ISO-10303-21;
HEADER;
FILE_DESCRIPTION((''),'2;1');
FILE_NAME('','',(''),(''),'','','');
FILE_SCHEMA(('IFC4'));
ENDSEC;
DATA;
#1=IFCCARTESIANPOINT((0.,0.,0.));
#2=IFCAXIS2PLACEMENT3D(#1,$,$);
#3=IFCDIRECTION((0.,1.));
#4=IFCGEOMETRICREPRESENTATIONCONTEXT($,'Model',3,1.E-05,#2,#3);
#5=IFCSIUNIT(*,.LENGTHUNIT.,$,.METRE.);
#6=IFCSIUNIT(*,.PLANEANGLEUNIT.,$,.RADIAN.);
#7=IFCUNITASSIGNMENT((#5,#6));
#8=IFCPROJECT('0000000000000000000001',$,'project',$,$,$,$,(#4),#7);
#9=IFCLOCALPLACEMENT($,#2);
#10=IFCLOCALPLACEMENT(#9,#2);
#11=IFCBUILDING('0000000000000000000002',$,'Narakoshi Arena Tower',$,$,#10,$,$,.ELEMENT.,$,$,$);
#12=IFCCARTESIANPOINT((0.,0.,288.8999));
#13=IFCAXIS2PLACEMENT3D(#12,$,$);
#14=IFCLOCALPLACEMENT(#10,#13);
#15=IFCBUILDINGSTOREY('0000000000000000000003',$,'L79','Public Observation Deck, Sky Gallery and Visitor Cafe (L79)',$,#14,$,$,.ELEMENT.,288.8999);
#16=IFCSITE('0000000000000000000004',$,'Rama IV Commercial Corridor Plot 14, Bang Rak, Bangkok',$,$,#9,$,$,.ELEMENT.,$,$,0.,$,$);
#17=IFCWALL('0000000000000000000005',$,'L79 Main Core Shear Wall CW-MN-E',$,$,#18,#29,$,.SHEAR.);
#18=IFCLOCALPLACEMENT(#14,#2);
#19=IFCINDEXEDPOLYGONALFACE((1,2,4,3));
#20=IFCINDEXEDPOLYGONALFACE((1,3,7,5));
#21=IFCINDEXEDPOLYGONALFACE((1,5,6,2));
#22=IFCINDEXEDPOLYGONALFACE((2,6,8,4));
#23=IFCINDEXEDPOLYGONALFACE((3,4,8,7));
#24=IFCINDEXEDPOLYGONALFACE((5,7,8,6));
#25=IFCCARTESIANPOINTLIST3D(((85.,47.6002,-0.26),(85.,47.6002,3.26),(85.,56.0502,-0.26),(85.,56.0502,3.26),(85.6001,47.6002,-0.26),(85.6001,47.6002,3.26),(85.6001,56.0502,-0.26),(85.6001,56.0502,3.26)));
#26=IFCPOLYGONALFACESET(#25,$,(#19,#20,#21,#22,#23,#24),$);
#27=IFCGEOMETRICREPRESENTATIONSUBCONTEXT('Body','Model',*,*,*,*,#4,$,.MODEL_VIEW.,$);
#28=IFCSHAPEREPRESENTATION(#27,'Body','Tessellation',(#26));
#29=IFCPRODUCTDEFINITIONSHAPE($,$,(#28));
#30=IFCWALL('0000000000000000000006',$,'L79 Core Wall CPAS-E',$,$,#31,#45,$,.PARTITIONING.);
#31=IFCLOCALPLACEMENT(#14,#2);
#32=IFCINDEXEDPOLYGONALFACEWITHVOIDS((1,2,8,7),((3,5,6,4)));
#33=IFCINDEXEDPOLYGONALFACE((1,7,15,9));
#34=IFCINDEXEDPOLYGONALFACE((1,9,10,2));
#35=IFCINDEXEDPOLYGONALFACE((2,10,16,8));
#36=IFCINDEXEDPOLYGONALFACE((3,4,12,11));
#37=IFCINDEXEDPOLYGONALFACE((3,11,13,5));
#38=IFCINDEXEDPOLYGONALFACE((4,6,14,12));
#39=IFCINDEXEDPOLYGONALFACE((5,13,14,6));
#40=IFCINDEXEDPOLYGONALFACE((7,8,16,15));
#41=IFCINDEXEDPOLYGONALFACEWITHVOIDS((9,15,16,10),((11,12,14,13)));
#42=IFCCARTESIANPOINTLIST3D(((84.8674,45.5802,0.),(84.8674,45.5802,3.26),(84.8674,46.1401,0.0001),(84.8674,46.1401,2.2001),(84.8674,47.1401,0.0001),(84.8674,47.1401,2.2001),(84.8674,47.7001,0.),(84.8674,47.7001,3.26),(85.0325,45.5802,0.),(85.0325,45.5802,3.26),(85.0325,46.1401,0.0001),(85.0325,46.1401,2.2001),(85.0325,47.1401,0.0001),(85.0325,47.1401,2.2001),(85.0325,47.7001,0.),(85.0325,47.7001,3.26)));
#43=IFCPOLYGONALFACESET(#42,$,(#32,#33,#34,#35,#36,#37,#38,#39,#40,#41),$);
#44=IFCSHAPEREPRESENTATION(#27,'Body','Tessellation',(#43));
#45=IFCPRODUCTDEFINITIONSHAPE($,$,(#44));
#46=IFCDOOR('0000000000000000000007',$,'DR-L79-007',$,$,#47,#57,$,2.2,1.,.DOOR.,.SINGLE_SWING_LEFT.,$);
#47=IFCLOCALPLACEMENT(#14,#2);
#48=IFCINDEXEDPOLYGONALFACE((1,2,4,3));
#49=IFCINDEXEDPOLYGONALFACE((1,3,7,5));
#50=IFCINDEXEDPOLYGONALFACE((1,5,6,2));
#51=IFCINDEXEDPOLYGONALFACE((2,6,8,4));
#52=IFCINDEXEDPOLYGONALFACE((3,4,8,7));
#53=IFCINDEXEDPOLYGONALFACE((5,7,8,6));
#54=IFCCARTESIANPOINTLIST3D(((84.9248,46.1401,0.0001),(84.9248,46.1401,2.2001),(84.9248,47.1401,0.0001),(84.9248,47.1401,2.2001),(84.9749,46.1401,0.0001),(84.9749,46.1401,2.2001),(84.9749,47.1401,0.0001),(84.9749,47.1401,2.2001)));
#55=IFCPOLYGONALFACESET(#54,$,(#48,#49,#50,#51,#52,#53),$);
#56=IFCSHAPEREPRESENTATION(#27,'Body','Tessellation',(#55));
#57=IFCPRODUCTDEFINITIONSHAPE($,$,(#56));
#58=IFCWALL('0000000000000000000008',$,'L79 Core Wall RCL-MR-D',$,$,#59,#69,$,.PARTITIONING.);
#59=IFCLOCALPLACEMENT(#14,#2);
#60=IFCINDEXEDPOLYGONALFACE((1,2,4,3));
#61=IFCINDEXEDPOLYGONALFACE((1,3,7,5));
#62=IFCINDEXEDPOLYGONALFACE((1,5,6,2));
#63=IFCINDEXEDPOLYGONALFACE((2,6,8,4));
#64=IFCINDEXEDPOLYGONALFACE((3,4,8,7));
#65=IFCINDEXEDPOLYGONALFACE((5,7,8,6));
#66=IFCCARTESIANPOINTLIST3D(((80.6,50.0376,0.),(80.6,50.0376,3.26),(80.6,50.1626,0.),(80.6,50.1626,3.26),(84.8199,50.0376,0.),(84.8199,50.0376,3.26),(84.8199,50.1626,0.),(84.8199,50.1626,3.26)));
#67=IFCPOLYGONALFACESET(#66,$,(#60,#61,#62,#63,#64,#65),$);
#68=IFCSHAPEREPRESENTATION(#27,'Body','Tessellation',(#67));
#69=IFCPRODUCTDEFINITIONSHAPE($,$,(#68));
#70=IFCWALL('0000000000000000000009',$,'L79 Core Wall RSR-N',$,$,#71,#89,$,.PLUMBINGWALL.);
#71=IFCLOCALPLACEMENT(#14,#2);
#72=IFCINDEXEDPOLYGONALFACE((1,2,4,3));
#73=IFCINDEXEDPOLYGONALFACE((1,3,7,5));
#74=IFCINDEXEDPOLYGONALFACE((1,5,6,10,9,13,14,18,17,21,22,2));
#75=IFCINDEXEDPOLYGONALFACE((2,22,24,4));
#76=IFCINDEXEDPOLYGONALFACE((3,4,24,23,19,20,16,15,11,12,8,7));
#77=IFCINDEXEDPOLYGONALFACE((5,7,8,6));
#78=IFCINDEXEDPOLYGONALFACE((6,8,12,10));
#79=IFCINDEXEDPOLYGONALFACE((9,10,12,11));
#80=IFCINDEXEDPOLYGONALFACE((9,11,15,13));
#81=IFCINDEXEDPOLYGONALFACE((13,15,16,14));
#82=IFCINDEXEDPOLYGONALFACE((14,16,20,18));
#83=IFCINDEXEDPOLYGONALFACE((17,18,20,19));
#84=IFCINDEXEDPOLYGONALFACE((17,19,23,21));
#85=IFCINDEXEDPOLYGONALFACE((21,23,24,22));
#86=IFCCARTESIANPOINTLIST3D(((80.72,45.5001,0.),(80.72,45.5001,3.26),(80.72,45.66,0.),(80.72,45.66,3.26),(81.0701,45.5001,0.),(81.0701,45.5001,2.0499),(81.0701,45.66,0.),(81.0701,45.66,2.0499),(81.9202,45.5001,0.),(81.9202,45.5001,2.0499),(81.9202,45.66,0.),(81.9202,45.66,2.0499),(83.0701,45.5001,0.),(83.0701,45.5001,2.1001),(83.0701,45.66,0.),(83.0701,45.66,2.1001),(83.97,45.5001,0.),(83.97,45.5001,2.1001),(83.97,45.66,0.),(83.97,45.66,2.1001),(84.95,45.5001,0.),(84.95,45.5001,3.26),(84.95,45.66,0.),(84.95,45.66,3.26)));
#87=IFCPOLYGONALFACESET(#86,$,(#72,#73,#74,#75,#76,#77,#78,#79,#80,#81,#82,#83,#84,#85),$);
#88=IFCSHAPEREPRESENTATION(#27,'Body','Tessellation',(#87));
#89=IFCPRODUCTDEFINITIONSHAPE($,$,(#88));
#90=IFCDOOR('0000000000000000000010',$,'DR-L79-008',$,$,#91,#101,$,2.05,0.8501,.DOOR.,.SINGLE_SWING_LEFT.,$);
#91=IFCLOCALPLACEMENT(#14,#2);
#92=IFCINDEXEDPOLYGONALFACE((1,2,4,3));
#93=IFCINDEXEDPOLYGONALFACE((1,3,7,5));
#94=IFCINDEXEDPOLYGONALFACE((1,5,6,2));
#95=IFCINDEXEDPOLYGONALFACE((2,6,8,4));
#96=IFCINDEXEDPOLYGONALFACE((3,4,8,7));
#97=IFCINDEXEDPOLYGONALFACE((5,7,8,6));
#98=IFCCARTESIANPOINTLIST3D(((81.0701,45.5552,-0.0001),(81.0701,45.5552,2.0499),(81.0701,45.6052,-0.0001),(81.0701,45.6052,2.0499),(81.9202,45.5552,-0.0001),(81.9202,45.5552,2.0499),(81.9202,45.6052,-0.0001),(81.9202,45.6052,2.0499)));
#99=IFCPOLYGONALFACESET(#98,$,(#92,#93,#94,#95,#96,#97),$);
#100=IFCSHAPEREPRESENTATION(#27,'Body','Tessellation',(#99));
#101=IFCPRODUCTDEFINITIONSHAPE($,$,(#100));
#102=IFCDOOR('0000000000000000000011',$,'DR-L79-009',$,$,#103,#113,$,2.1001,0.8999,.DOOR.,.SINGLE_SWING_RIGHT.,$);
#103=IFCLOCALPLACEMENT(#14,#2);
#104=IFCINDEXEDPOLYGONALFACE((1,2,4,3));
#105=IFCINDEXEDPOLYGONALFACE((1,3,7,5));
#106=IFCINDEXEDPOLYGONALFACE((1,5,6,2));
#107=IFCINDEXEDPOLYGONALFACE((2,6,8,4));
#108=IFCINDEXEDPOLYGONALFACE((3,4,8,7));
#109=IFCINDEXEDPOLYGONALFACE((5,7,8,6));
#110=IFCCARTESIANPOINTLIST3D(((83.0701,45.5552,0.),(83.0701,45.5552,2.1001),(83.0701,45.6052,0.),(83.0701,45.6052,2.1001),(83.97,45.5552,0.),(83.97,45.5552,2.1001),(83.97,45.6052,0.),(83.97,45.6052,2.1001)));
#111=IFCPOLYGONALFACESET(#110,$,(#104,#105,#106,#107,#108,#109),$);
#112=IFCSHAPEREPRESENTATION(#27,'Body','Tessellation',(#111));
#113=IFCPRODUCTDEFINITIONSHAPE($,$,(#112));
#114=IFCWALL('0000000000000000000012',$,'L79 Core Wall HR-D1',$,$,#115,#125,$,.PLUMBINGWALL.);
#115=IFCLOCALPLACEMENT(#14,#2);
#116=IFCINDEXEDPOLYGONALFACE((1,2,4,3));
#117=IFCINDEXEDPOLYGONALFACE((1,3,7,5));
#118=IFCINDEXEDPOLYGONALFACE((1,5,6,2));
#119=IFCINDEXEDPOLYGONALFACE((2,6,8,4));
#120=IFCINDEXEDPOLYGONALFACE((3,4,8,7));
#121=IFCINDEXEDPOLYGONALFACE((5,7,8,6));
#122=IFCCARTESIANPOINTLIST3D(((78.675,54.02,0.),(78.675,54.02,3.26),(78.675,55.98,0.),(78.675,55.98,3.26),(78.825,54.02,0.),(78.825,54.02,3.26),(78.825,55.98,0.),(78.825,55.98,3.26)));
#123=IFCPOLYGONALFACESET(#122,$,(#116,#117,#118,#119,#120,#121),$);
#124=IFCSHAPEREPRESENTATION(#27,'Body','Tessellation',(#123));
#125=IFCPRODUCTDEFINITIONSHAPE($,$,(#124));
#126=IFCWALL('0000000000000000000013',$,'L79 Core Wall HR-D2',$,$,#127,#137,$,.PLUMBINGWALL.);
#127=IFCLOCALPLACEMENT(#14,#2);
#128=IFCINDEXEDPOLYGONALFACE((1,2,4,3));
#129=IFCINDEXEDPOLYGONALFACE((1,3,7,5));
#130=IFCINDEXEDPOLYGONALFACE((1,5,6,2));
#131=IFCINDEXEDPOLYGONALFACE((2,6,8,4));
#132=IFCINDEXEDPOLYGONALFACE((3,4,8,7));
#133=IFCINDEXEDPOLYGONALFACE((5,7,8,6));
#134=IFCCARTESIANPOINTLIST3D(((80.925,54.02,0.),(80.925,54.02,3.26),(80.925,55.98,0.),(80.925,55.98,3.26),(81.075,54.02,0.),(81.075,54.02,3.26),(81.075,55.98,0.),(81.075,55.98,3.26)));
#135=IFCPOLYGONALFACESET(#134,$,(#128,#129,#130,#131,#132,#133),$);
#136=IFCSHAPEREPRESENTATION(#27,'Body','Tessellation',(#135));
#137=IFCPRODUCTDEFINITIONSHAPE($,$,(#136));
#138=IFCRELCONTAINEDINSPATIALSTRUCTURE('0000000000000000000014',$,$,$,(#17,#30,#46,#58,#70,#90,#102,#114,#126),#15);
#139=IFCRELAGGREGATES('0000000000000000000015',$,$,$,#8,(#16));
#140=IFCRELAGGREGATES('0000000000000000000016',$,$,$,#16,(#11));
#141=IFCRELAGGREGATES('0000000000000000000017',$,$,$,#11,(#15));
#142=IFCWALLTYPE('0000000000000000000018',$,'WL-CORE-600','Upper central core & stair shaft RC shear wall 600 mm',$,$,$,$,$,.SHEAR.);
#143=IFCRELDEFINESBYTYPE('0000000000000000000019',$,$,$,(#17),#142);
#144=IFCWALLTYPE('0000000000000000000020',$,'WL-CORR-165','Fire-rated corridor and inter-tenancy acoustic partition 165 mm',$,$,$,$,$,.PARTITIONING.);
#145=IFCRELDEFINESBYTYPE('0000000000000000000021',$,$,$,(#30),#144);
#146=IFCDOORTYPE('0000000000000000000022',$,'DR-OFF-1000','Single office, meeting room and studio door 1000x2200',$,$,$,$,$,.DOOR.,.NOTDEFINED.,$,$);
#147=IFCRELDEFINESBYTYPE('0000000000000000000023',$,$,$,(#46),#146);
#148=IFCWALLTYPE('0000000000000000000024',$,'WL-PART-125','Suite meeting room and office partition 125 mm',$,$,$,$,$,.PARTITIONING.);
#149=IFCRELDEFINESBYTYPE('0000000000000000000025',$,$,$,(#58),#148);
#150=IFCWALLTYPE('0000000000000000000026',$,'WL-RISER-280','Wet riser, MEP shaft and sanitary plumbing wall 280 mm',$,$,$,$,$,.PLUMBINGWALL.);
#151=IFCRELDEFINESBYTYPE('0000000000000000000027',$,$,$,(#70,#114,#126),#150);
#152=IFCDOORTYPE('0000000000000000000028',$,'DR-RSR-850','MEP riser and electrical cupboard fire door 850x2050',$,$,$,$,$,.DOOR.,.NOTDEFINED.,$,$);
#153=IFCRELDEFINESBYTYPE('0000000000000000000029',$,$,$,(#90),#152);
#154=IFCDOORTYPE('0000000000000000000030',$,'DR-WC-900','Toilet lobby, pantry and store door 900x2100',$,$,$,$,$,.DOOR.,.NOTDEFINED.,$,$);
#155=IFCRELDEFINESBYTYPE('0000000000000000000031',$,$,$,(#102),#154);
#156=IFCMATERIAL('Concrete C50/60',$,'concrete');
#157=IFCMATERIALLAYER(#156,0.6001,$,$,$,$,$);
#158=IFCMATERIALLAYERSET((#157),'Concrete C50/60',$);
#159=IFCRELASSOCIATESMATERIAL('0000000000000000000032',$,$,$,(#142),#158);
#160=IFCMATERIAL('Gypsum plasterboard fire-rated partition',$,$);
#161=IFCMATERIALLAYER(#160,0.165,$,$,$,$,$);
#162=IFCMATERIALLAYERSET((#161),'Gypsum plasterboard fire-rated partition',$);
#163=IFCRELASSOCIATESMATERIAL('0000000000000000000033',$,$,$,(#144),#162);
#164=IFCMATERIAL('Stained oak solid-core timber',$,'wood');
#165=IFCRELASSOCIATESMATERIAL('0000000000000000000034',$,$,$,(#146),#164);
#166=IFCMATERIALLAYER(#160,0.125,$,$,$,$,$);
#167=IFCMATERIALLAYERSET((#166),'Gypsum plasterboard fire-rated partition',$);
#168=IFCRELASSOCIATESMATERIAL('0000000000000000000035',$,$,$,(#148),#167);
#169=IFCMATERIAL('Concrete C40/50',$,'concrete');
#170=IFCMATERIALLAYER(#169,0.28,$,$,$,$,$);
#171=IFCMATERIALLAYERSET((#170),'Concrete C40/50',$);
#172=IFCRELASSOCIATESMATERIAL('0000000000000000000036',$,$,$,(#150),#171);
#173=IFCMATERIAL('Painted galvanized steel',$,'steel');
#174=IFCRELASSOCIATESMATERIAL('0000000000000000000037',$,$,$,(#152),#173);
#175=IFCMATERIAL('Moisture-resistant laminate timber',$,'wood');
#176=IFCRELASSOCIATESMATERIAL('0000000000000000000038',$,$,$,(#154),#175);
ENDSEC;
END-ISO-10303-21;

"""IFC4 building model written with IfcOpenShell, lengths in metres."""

from ifc_helpers import new_model, si_unit, direction, frame, frame_2d, origin, place, context, subcontext, project, spatial, rectangle, extrude, material, layer, layer_set, type_object, element, fill, save


model = new_model("IFC4")

# Units and contexts
model_context = context("Model", 3, precision=1e-05, world=origin(), true_north=direction((0.0, 1.0)))
body_context = subcontext(model_context, "Body", "Model", "MODEL_VIEW")
ifc_project = project(units=[si_unit("LENGTHUNIT", "METRE"), si_unit("PLANEANGLEUNIT", "RADIAN")], contexts=[model_context])

# Site, building, storey
site_placement = place(None, origin())
site = spatial("IfcSite", under=ifc_project, at=site_placement, Name="Rama IV Commercial Corridor Plot 14, Bang Rak, Bangkok", CompositionType="ELEMENT", RefElevation=0.0)
building_placement = place(site_placement, origin())
building = spatial("IfcBuilding", under=site, at=building_placement, Name="Narakoshi Arena Tower", CompositionType="ELEMENT")
storey_placement = place(building_placement, frame((0.0, 0.0, 288.8999)))
storey = spatial("IfcBuildingStorey", under=building, at=storey_placement, Name="L79", Description="Public Observation Deck, Sky Gallery and Visitor Cafe (L79)", CompositionType="ELEMENT", Elevation=288.8999)

# Wall
ifc_material_1 = material(Name="Concrete C50/60", Category="concrete")
ifc_layer_1 = layer(ifc_material_1, 0.6001)
ifc_layer_set_1 = layer_set([ifc_layer_1], Name="Concrete C50/60")
wall_type_1 = type_object("IfcWallType", Name="WL-CORE-600", Description="Upper central core & stair shaft RC shear wall 600 mm", PredefinedType="SHEAR", material=ifc_layer_set_1)
wall_1_placement = place(storey_placement, frame((85.3, 47.6001, -0.26), z_axis=(0.0, 0.0, 1.0), x_axis=(0.0, 1.0, 0.0)))
element("IfcWall", 1, at=wall_1_placement, inside=storey, type_object=wall_type_1, Name="L79 Main Core Shear Wall CW-MN-E", PredefinedType="SHEAR", context=body_context, shape_type="SweptSolid", body=[
    extrude(rectangle(XDim=8.45, YDim=0.6001, at=frame_2d((4.2251, 0.0))), origin(), (0.0, 0.0, 1.0), 3.52),
])

# Wall, opening, door
ifc_material_2 = material(Name="Gypsum plasterboard fire-rated partition")
ifc_layer_2 = layer(ifc_material_2, 0.165)
ifc_layer_set_2 = layer_set([ifc_layer_2], Name="Gypsum plasterboard fire-rated partition")
wall_type_2 = type_object("IfcWallType", Name="WL-CORR-165", Description="Fire-rated corridor and inter-tenancy acoustic partition 165 mm", PredefinedType="PARTITIONING", material=ifc_layer_set_2)
wall_2_placement = place(storey_placement, frame((84.95, 45.5801, 0.0), z_axis=(0.0, 0.0, 1.0), x_axis=(0.0, 1.0, 0.0)))
wall_2 = element("IfcWall", 2, at=wall_2_placement, inside=storey, type_object=wall_type_2, Name="L79 Core Wall CPAS-E", PredefinedType="PARTITIONING", context=body_context, shape_type="SweptSolid", body=[
    extrude(rectangle(XDim=2.1199, YDim=0.165, at=frame_2d((1.0601, 0.0))), origin(), (0.0, 0.0, 1.0), 3.26),
])
opening_1_placement = place(wall_2_placement, frame((0.5601, 0.0, 0.0)))
opening_1 = element("IfcOpeningElement", 3, at=opening_1_placement, cuts=wall_2, PredefinedType="OPENING", context=body_context, shape_type="SweptSolid", body=[
    extrude(rectangle(XDim=1.0, YDim=2.2, at=frame_2d((0.5, 1.1001))), frame((0.0, 0.0925, 0.0), z_axis=(0.0, -1.0, 0.0), x_axis=(1.0, 0.0, 0.0)), (0.0, 0.0, 1.0), 0.1851),
])
ifc_material_3 = material(Name="Stained oak solid-core timber", Category="wood")
door_type_1 = type_object("IfcDoorType", Name="DR-OFF-1000", Description="Single office, meeting room and studio door 1000x2200", OperationType="NOTDEFINED", PredefinedType="DOOR", material=ifc_material_3)
door_1_placement = place(opening_1_placement, frame((1.0, 0.0, 0.0), z_axis=(0.0, 0.0, 1.0), x_axis=(-1.0, 0.0, 0.0)))
door_1 = element("IfcDoor", 4, at=door_1_placement, inside=storey, type_object=door_type_1, Name="DR-L79-007", OperationType="SINGLE_SWING_LEFT", OverallHeight=2.2, OverallWidth=1.0, PredefinedType="DOOR", context=body_context, shape_type="SweptSolid", body=[
    extrude(rectangle(XDim=1.0, YDim=2.2, at=frame_2d((0.5, 1.1001))), frame((0.0, 0.0249, 0.0), z_axis=(0.0, -1.0, 0.0), x_axis=(1.0, 0.0, 0.0)), (0.0, 0.0, 1.0), 0.05),
])
fill(opening_1, door_1)

# Wall
ifc_layer_3 = layer(ifc_material_2, 0.125)
ifc_layer_set_3 = layer_set([ifc_layer_3], Name="Gypsum plasterboard fire-rated partition")
wall_type_3 = type_object("IfcWallType", Name="WL-PART-125", Description="Suite meeting room and office partition 125 mm", PredefinedType="PARTITIONING", material=ifc_layer_set_3)
wall_3_placement = place(storey_placement, frame((80.6001, 50.1001, 0.0), z_axis=(0.0, 0.0, 1.0), x_axis=(1.0, 0.0, 0.0)))
element("IfcWall", 5, at=wall_3_placement, inside=storey, type_object=wall_type_3, Name="L79 Core Wall RCL-MR-D", PredefinedType="PARTITIONING", context=body_context, shape_type="SweptSolid", body=[
    extrude(rectangle(XDim=4.22, YDim=0.125, at=frame_2d((2.1099, 0.0))), origin(), (0.0, 0.0, 1.0), 3.26),
])

# Wall, openings, doors
ifc_material_4 = material(Name="Concrete C40/50", Category="concrete")
ifc_layer_4 = layer(ifc_material_4, 0.28)
ifc_layer_set_4 = layer_set([ifc_layer_4], Name="Concrete C40/50")
wall_type_4 = type_object("IfcWallType", Name="WL-RISER-280", Description="Wet riser, MEP shaft and sanitary plumbing wall 280 mm", PredefinedType="PLUMBINGWALL", material=ifc_layer_set_4)
wall_4_placement = place(storey_placement, frame((80.72, 45.5801, 0.0), z_axis=(0.0, 0.0, 1.0), x_axis=(1.0, 0.0, 0.0)))
wall_4 = element("IfcWall", 6, at=wall_4_placement, inside=storey, type_object=wall_type_4, Name="L79 Core Wall RSR-N", PredefinedType="PLUMBINGWALL", context=body_context, shape_type="SweptSolid", body=[
    extrude(rectangle(XDim=4.23, YDim=0.1599, at=frame_2d((2.115, 0.0))), origin(), (0.0, 0.0, 1.0), 3.26),
])
opening_2_placement = place(wall_4_placement, frame((0.3501, 0.0, 0.0)))
opening_2 = element("IfcOpeningElement", 7, at=opening_2_placement, cuts=wall_4, PredefinedType="OPENING", context=body_context, shape_type="SweptSolid", body=[
    extrude(rectangle(XDim=0.8501, YDim=2.05, at=frame_2d((0.425, 1.0249))), frame((0.0, 0.0898, 0.0), z_axis=(0.0, -1.0, 0.0), x_axis=(1.0, 0.0, 0.0)), (0.0, 0.0, 1.0), 0.1799),
])
opening_3_placement = place(wall_4_placement, frame((2.3501, 0.0, 0.0)))
opening_3 = element("IfcOpeningElement", 8, at=opening_3_placement, cuts=wall_4, PredefinedType="OPENING", context=body_context, shape_type="SweptSolid", body=[
    extrude(rectangle(XDim=0.8999, YDim=2.1001, at=frame_2d((0.45, 1.05))), frame((0.0, 0.0898, 0.0), z_axis=(0.0, -1.0, 0.0), x_axis=(1.0, 0.0, 0.0)), (0.0, 0.0, 1.0), 0.1799),
])
ifc_material_5 = material(Name="Painted galvanized steel", Category="steel")
door_type_2 = type_object("IfcDoorType", Name="DR-RSR-850", Description="MEP riser and electrical cupboard fire door 850x2050", OperationType="NOTDEFINED", PredefinedType="DOOR", material=ifc_material_5)
door_2_placement = place(opening_2_placement, frame((0.8501, 0.0, 0.0), z_axis=(0.0, 0.0, 1.0), x_axis=(-1.0, 0.0, 0.0)))
door_2 = element("IfcDoor", 9, at=door_2_placement, inside=storey, type_object=door_type_2, Name="DR-L79-008", OperationType="SINGLE_SWING_LEFT", OverallHeight=2.05, OverallWidth=0.8501, PredefinedType="DOOR", context=body_context, shape_type="SweptSolid", body=[
    extrude(rectangle(XDim=0.8501, YDim=2.05, at=frame_2d((0.425, 1.0249))), frame((0.0, 0.0249, 0.0), z_axis=(0.0, -1.0, 0.0), x_axis=(1.0, 0.0, 0.0)), (0.0, 0.0, 1.0), 0.05),
])
fill(opening_2, door_2)
ifc_material_6 = material(Name="Moisture-resistant laminate timber", Category="wood")
door_type_3 = type_object("IfcDoorType", Name="DR-WC-900", Description="Toilet lobby, pantry and store door 900x2100", OperationType="NOTDEFINED", PredefinedType="DOOR", material=ifc_material_6)
door_3_placement = place(opening_3_placement, frame((0.8999, 0.0, 0.0), z_axis=(0.0, 0.0, 1.0), x_axis=(-1.0, 0.0, 0.0)))
door_3 = element("IfcDoor", 10, at=door_3_placement, inside=storey, type_object=door_type_3, Name="DR-L79-009", OperationType="SINGLE_SWING_RIGHT", OverallHeight=2.1001, OverallWidth=0.8999, PredefinedType="DOOR", context=body_context, shape_type="SweptSolid", body=[
    extrude(rectangle(XDim=0.8999, YDim=2.1001, at=frame_2d((0.45, 1.05))), frame((0.0, 0.0249, 0.0), z_axis=(0.0, -1.0, 0.0), x_axis=(1.0, 0.0, 0.0)), (0.0, 0.0, 1.0), 0.05),
])
fill(opening_3, door_3)

# Walls
for number, where, z_axis, x_axis, name in (
    (11, (78.75, 54.02, 0.0), (0.0, 0.0, 1.0), (0.0, 1.0, 0.0), "L79 Core Wall HR-D1"),
    (12, (81.0, 54.02, 0.0), (0.0, 0.0, 1.0), (0.0, 1.0, 0.0), "L79 Core Wall HR-D2"),
):
    element("IfcWall", number, at=place(storey_placement, frame(where, z_axis=z_axis, x_axis=x_axis)), inside=storey, type_object=wall_type_4, Name=name, PredefinedType="PLUMBINGWALL", context=body_context, shape_type="SweptSolid", body=[
        extrude(rectangle(XDim=1.96, YDim=0.1499, at=frame_2d((0.98, 0.0))), origin(), (0.0, 0.0, 1.0), 3.26),
    ])

save(model, "model.ifc")
